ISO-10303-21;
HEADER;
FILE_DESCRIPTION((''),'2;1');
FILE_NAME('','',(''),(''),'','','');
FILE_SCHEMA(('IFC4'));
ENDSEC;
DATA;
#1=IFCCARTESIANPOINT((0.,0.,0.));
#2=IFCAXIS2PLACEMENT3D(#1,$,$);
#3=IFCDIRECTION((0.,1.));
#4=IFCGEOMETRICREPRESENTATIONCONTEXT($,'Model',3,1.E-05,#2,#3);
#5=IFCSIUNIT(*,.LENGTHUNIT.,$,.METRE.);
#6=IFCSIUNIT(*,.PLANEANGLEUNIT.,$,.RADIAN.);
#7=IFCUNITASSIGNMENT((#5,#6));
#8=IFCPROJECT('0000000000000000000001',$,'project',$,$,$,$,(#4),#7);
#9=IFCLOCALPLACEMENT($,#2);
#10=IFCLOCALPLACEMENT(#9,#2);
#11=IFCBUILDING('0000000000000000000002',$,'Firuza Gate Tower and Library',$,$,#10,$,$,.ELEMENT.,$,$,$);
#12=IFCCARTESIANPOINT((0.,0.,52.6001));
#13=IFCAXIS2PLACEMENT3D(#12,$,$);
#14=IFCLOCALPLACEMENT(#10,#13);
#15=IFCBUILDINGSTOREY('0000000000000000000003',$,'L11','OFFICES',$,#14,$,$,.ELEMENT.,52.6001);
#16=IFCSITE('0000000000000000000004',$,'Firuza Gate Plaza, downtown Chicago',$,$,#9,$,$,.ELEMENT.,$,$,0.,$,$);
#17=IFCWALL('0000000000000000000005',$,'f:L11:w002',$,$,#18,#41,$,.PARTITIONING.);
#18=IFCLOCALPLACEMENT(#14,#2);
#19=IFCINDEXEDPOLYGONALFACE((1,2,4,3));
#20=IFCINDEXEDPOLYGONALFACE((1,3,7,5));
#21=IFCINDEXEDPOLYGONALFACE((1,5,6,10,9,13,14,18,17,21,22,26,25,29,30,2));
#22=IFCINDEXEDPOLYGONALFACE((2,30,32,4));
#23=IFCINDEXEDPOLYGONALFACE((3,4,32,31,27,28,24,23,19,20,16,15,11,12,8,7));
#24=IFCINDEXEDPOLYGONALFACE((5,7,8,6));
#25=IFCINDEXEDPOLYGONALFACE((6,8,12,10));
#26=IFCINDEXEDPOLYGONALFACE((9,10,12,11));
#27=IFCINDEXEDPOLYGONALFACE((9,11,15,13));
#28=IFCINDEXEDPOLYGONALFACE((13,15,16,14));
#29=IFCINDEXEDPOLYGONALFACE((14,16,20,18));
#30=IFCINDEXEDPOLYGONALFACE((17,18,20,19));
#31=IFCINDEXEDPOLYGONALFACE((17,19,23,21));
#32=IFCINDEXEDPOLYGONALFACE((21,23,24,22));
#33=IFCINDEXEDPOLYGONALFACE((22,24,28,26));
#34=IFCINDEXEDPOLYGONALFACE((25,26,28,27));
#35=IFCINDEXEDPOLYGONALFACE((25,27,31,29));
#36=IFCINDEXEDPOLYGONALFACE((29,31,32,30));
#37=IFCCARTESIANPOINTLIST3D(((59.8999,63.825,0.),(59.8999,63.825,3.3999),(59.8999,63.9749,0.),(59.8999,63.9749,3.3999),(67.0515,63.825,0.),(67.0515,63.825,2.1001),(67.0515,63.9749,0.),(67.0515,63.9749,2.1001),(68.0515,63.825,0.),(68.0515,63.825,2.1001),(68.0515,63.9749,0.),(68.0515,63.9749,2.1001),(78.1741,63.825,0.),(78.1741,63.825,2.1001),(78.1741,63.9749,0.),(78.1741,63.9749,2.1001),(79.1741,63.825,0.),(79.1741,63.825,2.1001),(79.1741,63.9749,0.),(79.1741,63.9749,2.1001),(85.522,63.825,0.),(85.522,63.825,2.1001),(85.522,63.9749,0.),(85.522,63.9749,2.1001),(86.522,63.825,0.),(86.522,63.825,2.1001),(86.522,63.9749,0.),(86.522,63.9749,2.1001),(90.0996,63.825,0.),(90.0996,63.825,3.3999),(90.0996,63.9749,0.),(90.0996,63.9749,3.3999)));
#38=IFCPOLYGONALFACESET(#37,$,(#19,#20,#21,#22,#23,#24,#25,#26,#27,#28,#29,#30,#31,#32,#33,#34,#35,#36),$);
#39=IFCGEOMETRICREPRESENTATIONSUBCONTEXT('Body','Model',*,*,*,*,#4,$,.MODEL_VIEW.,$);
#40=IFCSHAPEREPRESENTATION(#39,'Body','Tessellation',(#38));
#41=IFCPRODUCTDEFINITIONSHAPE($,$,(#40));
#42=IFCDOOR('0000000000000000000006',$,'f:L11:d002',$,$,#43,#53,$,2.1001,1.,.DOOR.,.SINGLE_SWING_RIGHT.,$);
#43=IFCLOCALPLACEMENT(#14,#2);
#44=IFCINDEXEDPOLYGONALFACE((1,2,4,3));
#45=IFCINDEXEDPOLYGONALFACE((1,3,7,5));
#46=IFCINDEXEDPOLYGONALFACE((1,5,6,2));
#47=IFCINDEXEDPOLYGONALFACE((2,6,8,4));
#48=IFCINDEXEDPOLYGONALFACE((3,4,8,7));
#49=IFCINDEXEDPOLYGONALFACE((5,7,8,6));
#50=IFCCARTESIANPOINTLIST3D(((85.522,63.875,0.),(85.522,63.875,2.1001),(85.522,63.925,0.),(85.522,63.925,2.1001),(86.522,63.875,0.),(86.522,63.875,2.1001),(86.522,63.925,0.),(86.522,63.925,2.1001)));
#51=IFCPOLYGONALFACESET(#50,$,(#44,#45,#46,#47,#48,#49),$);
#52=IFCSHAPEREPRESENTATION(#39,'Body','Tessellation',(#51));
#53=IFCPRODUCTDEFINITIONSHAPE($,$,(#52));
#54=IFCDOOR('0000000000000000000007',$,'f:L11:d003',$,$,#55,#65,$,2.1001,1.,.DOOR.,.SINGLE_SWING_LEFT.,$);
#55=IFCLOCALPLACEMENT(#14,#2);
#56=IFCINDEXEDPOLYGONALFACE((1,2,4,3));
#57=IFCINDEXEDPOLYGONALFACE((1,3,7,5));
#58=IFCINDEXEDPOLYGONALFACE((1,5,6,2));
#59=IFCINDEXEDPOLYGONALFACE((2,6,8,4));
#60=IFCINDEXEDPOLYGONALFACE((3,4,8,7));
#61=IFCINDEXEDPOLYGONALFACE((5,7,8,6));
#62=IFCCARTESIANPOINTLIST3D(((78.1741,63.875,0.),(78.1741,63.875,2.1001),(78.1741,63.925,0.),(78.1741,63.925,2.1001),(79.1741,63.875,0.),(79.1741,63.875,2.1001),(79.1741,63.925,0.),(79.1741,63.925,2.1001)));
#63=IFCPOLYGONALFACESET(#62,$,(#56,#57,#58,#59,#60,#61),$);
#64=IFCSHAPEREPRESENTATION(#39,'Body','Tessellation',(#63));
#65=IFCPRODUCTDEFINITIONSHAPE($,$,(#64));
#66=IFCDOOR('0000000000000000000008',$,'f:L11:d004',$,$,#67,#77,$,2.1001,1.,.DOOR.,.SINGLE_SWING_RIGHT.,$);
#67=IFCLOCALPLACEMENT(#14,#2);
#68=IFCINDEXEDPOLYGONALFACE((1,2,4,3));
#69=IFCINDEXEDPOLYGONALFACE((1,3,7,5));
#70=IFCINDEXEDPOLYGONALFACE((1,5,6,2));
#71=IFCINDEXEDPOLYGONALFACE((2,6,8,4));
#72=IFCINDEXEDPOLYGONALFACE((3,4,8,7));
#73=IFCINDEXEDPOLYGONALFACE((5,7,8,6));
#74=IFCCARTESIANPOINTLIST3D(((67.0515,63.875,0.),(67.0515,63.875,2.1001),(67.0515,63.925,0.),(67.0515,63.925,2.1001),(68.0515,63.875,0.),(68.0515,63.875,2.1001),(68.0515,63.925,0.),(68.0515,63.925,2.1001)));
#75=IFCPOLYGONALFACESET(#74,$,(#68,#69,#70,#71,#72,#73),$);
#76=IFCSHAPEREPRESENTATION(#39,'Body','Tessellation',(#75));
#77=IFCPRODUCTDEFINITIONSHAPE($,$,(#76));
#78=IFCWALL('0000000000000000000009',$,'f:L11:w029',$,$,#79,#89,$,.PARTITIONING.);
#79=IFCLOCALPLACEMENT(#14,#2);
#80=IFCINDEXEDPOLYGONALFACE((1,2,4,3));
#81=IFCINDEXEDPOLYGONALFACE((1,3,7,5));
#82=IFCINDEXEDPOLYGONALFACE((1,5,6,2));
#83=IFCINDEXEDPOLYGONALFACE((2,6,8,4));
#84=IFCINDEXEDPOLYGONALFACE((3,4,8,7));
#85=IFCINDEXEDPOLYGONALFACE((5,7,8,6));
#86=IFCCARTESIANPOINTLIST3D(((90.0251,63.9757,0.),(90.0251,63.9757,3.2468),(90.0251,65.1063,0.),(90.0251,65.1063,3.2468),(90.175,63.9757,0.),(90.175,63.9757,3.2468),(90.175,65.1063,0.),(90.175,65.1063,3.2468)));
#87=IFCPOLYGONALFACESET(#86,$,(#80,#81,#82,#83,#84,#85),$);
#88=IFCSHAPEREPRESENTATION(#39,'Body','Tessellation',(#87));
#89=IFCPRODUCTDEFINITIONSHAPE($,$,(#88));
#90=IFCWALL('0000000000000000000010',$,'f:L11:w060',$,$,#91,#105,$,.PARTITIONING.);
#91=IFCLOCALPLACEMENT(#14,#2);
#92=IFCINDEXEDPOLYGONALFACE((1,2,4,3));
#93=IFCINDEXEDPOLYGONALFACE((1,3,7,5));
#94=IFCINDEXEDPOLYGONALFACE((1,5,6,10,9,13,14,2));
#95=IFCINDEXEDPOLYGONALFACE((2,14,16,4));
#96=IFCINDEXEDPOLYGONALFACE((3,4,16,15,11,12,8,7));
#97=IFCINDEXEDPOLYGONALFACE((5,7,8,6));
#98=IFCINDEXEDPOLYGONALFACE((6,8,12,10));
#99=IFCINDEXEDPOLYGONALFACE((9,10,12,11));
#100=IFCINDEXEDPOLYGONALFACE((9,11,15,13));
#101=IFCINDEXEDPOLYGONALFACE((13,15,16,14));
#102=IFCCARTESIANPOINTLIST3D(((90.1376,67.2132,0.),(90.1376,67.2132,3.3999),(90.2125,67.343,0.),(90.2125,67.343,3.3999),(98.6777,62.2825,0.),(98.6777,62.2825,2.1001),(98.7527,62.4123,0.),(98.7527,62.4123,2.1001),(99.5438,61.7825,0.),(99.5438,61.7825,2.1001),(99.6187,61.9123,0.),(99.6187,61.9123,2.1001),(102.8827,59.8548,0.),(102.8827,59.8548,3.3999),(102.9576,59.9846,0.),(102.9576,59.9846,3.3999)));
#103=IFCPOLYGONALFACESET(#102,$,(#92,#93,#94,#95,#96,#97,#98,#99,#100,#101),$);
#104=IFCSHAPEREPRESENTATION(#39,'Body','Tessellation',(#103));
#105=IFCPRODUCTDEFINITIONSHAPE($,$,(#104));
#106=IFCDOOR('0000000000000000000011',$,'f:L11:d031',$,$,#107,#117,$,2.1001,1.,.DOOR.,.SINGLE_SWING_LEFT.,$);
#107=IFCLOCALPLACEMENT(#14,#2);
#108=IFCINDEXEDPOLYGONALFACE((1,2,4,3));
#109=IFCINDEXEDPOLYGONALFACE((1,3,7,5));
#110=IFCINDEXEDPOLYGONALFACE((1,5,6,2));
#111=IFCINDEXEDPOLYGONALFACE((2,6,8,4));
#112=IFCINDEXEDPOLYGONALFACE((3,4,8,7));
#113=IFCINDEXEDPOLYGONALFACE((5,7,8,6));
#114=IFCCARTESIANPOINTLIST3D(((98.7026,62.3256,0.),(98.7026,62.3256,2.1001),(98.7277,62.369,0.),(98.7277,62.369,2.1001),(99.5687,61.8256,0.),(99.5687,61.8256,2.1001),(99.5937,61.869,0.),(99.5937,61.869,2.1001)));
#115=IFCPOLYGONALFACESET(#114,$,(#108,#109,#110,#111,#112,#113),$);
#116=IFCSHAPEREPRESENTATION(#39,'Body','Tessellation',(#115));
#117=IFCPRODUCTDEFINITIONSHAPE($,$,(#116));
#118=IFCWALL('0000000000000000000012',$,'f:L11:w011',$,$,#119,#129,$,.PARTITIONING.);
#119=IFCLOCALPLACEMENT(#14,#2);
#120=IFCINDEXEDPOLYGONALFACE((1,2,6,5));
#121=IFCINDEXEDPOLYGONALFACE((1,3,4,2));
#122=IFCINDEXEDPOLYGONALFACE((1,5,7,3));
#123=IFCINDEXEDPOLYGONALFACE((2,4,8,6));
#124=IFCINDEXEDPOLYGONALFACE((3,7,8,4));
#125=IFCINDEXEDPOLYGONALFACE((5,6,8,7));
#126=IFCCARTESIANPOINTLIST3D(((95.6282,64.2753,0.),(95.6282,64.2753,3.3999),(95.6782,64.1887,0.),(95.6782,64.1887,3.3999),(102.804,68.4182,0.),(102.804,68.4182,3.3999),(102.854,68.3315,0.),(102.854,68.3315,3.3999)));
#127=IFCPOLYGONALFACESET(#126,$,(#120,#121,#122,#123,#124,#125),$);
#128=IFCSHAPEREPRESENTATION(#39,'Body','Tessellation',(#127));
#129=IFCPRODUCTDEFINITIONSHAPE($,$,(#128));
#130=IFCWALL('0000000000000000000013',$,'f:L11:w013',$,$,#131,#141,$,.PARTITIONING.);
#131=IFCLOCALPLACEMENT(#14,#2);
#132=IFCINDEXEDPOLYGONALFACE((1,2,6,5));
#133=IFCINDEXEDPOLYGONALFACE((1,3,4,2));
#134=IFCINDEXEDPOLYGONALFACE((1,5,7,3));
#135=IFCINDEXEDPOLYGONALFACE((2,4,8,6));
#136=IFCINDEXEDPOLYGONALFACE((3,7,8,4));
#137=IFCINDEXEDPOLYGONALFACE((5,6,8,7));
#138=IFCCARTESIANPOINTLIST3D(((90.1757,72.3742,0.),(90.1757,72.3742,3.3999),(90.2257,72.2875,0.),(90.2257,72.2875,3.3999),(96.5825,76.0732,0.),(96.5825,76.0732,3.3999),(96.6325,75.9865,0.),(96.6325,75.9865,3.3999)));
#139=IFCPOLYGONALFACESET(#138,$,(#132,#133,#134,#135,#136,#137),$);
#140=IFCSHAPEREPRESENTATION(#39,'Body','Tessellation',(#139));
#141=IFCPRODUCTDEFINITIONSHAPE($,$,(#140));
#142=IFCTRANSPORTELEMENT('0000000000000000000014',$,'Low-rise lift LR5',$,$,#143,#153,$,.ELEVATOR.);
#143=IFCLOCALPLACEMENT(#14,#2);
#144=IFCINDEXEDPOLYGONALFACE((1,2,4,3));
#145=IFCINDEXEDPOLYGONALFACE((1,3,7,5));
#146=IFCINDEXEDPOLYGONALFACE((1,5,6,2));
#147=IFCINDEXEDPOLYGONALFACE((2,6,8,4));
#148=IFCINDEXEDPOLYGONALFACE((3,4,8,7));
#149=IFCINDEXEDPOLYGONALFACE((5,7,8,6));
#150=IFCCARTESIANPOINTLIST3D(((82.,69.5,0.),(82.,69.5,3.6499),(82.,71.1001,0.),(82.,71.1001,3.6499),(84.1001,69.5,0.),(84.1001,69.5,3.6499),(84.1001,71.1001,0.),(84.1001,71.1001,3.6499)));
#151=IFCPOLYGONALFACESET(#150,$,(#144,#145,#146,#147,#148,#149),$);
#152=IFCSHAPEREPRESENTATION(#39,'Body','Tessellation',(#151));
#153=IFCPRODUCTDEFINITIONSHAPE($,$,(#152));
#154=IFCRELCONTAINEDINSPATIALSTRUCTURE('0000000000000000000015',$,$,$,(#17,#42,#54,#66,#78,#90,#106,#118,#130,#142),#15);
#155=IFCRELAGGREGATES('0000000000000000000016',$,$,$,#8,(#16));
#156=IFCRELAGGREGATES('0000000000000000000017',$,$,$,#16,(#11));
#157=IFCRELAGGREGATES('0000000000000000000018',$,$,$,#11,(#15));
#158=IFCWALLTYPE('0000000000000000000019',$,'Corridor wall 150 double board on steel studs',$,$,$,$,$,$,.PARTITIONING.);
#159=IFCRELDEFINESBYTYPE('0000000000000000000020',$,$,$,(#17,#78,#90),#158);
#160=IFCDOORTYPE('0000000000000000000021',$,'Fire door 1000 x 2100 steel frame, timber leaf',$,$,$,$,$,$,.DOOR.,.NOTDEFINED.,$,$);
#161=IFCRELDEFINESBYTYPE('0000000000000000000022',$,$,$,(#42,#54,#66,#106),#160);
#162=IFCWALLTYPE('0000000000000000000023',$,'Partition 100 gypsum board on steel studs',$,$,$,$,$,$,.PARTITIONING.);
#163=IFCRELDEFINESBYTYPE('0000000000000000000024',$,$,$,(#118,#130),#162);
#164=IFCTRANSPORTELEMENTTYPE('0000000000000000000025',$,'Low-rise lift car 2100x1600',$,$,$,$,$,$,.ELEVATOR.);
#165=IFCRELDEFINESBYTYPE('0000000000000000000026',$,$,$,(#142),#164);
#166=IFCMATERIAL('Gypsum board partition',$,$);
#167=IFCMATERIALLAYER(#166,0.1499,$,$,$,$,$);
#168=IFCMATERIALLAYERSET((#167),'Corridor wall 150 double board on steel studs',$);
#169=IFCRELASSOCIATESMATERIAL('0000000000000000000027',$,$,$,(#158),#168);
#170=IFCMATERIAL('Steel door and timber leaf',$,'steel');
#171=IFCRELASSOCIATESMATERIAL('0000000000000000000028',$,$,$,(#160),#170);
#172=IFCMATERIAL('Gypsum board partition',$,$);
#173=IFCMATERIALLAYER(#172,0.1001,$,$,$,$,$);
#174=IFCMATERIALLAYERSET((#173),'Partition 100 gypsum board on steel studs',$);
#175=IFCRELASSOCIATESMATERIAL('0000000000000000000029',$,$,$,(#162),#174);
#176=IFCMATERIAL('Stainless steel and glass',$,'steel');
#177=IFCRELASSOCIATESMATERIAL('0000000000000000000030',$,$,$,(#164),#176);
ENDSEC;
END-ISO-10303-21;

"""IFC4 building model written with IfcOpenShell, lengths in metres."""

from ifc_helpers import new_model, si_unit, direction, frame, frame_2d, origin, origin_2d, place, context, subcontext, project, spatial, rectangle, extrude, material, layer, layer_set, type_object, element, fill, save


model = new_model("IFC4")

# Units and contexts
model_context = context("Model", 3, precision=1e-05, world=origin(), true_north=direction((0.0, 1.0)))
body_context = subcontext(model_context, "Body", "Model", "MODEL_VIEW")
ifc_project = project(units=[si_unit("LENGTHUNIT", "METRE"), si_unit("PLANEANGLEUNIT", "RADIAN")], contexts=[model_context])

# Site, building, storey
site_placement = place(None, origin())
site = spatial("IfcSite", under=ifc_project, at=site_placement, Name="Firuza Gate Plaza, downtown Chicago", CompositionType="ELEMENT", RefElevation=0.0)
building_placement = place(site_placement, origin())
building = spatial("IfcBuilding", under=site, at=building_placement, Name="Firuza Gate Tower and Library", CompositionType="ELEMENT")
storey_placement = place(building_placement, frame((0.0, 0.0, 52.6001)))
storey = spatial("IfcBuildingStorey", under=building, at=storey_placement, Name="L11", Description="OFFICES", CompositionType="ELEMENT", Elevation=52.6001)

# Wall, openings, doors
ifc_material_1 = material(Name="Gypsum board partition")
ifc_layer_1 = layer(ifc_material_1, 0.1499)
ifc_layer_set_1 = layer_set([ifc_layer_1], Name="Corridor wall 150 double board on steel studs")
wall_type_1 = type_object("IfcWallType", Name="Corridor wall 150 double board on steel studs", PredefinedType="PARTITIONING", material=ifc_layer_set_1)
wall_1_placement = place(storey_placement, frame((90.0996, 63.8999, 0.0), z_axis=(0.0, 0.0, 1.0), x_axis=(-1.0, 0.0, 0.0)))
wall_1 = element("IfcWall", 1, at=wall_1_placement, inside=storey, type_object=wall_type_1, Name="f:L11:w002", PredefinedType="PARTITIONING", context=body_context, shape_type="SweptSolid", body=[
    extrude(rectangle(XDim=30.1997, YDim=0.1499, at=frame_2d((15.0999, 0.0))), origin(), (0.0, 0.0, 1.0), 3.3999),
])
opening_1_placement = place(wall_1_placement, frame((3.5776, 0.0, 0.0)))
opening_1 = element("IfcOpeningElement", 2, at=opening_1_placement, cuts=wall_1, PredefinedType="OPENING", context=body_context, shape_type="SweptSolid", body=[
    extrude(rectangle(XDim=1.0, YDim=2.1001, at=frame_2d((0.5, 1.05))), frame((0.0, 0.085, 0.0), z_axis=(0.0, -1.0, 0.0), x_axis=(1.0, 0.0, 0.0)), (0.0, 0.0, 1.0), 0.1699),
])
opening_2_placement = place(wall_1_placement, frame((10.9255, 0.0, 0.0)))
opening_2 = element("IfcOpeningElement", 3, at=opening_2_placement, cuts=wall_1, PredefinedType="OPENING", context=body_context, shape_type="SweptSolid", body=[
    extrude(rectangle(XDim=1.0, YDim=2.1001, at=frame_2d((0.5, 1.05))), frame((0.0, 0.085, 0.0), z_axis=(0.0, -1.0, 0.0), x_axis=(1.0, 0.0, 0.0)), (0.0, 0.0, 1.0), 0.1699),
])
opening_3_placement = place(wall_1_placement, frame((22.0481, 0.0, 0.0)))
opening_3 = element("IfcOpeningElement", 4, at=opening_3_placement, cuts=wall_1, PredefinedType="OPENING", context=body_context, shape_type="SweptSolid", body=[
    extrude(rectangle(XDim=1.0, YDim=2.1001, at=frame_2d((0.5, 1.05))), frame((0.0, 0.085, 0.0), z_axis=(0.0, -1.0, 0.0), x_axis=(1.0, 0.0, 0.0)), (0.0, 0.0, 1.0), 0.1699),
])
ifc_material_2 = material(Name="Steel door and timber leaf", Category="steel")
door_type_1 = type_object("IfcDoorType", Name="Fire door 1000 x 2100 steel frame, timber leaf", OperationType="NOTDEFINED", PredefinedType="DOOR", material=ifc_material_2)
door_1_placement = place(opening_1_placement, origin())
door_1 = element("IfcDoor", 5, at=door_1_placement, inside=storey, type_object=door_type_1, Name="f:L11:d002", OperationType="SINGLE_SWING_RIGHT", OverallHeight=2.1001, OverallWidth=1.0, PredefinedType="DOOR", context=body_context, shape_type="SweptSolid", body=[
    extrude(rectangle(XDim=1.0, YDim=2.1001, at=frame_2d((0.5, 1.05))), frame((0.0, 0.0249, 0.0), z_axis=(0.0, -1.0, 0.0), x_axis=(1.0, 0.0, 0.0)), (0.0, 0.0, 1.0), 0.05),
])
fill(opening_1, door_1)
door_2_placement = place(opening_2_placement, origin())
door_2 = element("IfcDoor", 6, at=door_2_placement, inside=storey, type_object=door_type_1, Name="f:L11:d003", OperationType="SINGLE_SWING_LEFT", OverallHeight=2.1001, OverallWidth=1.0, PredefinedType="DOOR", context=body_context, shape_type="SweptSolid", body=[
    extrude(rectangle(XDim=1.0, YDim=2.1001, at=frame_2d((0.5, 1.05))), frame((0.0, 0.0249, 0.0), z_axis=(0.0, -1.0, 0.0), x_axis=(1.0, 0.0, 0.0)), (0.0, 0.0, 1.0), 0.05),
])
fill(opening_2, door_2)
door_3_placement = place(opening_3_placement, origin())
door_3 = element("IfcDoor", 7, at=door_3_placement, inside=storey, type_object=door_type_1, Name="f:L11:d004", OperationType="SINGLE_SWING_RIGHT", OverallHeight=2.1001, OverallWidth=1.0, PredefinedType="DOOR", context=body_context, shape_type="SweptSolid", body=[
    extrude(rectangle(XDim=1.0, YDim=2.1001, at=frame_2d((0.5, 1.05))), frame((0.0, 0.0249, 0.0), z_axis=(0.0, -1.0, 0.0), x_axis=(1.0, 0.0, 0.0)), (0.0, 0.0, 1.0), 0.05),
])
fill(opening_3, door_3)

# Wall
wall_2_placement = place(storey_placement, frame((90.1001, 63.9756, 0.0), z_axis=(0.0, 0.0, 1.0), x_axis=(0.0, 1.0, 0.0)))
element("IfcWall", 8, at=wall_2_placement, inside=storey, type_object=wall_type_1, Name="f:L11:w029", PredefinedType="PARTITIONING", context=body_context, shape_type="SweptSolid", body=[
    extrude(rectangle(XDim=1.1306, YDim=0.1499, at=frame_2d((0.5654, 0.0))), origin(), (0.0, 0.0, 1.0), 3.2468),
])

# Wall, opening, door
wall_3_placement = place(storey_placement, frame((90.175, 67.2781, 0.0), z_axis=(0.0, 0.0, 1.0), x_axis=(0.866025, -0.5, 0.0)))
wall_3 = element("IfcWall", 9, at=wall_3_placement, inside=storey, type_object=wall_type_1, Name="f:L11:w060", PredefinedType="PARTITIONING", context=body_context, shape_type="SweptSolid", body=[
    extrude(rectangle(XDim=14.7168, YDim=0.1499, at=frame_2d((7.3584, 0.0))), origin(), (0.0, 0.0, 1.0), 3.3999),
])
opening_4_placement = place(wall_3_placement, frame((9.8613, 0.0, 0.0)))
opening_4 = element("IfcOpeningElement", 10, at=opening_4_placement, cuts=wall_3, PredefinedType="OPENING", context=body_context, shape_type="SweptSolid", body=[
    extrude(rectangle(XDim=1.0, YDim=2.1001, at=frame_2d((0.5, 1.05))), frame((0.0, 0.085, 0.0), z_axis=(0.0, -1.0, 0.0), x_axis=(1.0, 0.0, 0.0)), (0.0, 0.0, 1.0), 0.1699),
])
door_4_placement = place(opening_4_placement, origin())
door_4 = element("IfcDoor", 11, at=door_4_placement, inside=storey, type_object=door_type_1, Name="f:L11:d031", OperationType="SINGLE_SWING_LEFT", OverallHeight=2.1001, OverallWidth=1.0, PredefinedType="DOOR", context=body_context, shape_type="SweptSolid", body=[
    extrude(rectangle(XDim=1.0, YDim=2.1001, at=frame_2d((0.5, 1.05))), frame((0.0, 0.0249, 0.0), z_axis=(0.0, -1.0, 0.0), x_axis=(1.0, 0.0, 0.0)), (0.0, 0.0, 1.0), 0.05),
])
fill(opening_4, door_4)

# Walls
ifc_material_3 = material(Name="Gypsum board partition")
ifc_layer_2 = layer(ifc_material_3, 0.1001)
ifc_layer_set_2 = layer_set([ifc_layer_2], Name="Partition 100 gypsum board on steel studs")
wall_type_2 = type_object("IfcWallType", Name="Partition 100 gypsum board on steel studs", PredefinedType="PARTITIONING", material=ifc_layer_set_2)
wall_4_placement = place(storey_placement, frame((95.6531, 64.2319, 0.0), z_axis=(0.0, 0.0, 1.0), x_axis=(0.866032, 0.499989, 0.0)))
element("IfcWall", 12, at=wall_4_placement, inside=storey, type_object=wall_type_2, Name="f:L11:w011", PredefinedType="PARTITIONING", context=body_context, shape_type="SweptSolid", body=[
    extrude(rectangle(XDim=8.2859, YDim=0.1001, at=frame_2d((4.1431, 0.0))), origin(), (0.0, 0.0, 1.0), 3.3999),
])
wall_5_placement = place(storey_placement, frame((90.2007, 72.3308, 0.0), z_axis=(0.0, 0.0, 1.0), x_axis=(0.866023, 0.500004, 0.0)))
element("IfcWall", 13, at=wall_5_placement, inside=storey, type_object=wall_type_2, Name="f:L11:w013", PredefinedType="PARTITIONING", context=body_context, shape_type="SweptSolid", body=[
    extrude(rectangle(XDim=7.3979, YDim=0.1001, at=frame_2d((3.699, 0.0))), origin(), (0.0, 0.0, 1.0), 3.3999),
])

# Transport element
ifc_material_4 = material(Name="Stainless steel and glass", Category="steel")
transport_element_type = type_object("IfcTransportElementType", Name="Low-rise lift car 2100x1600", PredefinedType="ELEVATOR", material=ifc_material_4)
transport_element_placement = place(storey_placement, frame((83.05, 70.3, 0.0), z_axis=(0.0, 0.0, 1.0), x_axis=(1.0, 0.0, 0.0)))
element("IfcTransportElement", 14, at=transport_element_placement, inside=storey, type_object=transport_element_type, Name="Low-rise lift LR5", PredefinedType="ELEVATOR", context=body_context, shape_type="SweptSolid", body=[
    extrude(rectangle(XDim=2.1001, YDim=1.6001, at=origin_2d()), origin(), (0.0, 0.0, 1.0), 3.6499),
])

save(model, "model.ifc")
